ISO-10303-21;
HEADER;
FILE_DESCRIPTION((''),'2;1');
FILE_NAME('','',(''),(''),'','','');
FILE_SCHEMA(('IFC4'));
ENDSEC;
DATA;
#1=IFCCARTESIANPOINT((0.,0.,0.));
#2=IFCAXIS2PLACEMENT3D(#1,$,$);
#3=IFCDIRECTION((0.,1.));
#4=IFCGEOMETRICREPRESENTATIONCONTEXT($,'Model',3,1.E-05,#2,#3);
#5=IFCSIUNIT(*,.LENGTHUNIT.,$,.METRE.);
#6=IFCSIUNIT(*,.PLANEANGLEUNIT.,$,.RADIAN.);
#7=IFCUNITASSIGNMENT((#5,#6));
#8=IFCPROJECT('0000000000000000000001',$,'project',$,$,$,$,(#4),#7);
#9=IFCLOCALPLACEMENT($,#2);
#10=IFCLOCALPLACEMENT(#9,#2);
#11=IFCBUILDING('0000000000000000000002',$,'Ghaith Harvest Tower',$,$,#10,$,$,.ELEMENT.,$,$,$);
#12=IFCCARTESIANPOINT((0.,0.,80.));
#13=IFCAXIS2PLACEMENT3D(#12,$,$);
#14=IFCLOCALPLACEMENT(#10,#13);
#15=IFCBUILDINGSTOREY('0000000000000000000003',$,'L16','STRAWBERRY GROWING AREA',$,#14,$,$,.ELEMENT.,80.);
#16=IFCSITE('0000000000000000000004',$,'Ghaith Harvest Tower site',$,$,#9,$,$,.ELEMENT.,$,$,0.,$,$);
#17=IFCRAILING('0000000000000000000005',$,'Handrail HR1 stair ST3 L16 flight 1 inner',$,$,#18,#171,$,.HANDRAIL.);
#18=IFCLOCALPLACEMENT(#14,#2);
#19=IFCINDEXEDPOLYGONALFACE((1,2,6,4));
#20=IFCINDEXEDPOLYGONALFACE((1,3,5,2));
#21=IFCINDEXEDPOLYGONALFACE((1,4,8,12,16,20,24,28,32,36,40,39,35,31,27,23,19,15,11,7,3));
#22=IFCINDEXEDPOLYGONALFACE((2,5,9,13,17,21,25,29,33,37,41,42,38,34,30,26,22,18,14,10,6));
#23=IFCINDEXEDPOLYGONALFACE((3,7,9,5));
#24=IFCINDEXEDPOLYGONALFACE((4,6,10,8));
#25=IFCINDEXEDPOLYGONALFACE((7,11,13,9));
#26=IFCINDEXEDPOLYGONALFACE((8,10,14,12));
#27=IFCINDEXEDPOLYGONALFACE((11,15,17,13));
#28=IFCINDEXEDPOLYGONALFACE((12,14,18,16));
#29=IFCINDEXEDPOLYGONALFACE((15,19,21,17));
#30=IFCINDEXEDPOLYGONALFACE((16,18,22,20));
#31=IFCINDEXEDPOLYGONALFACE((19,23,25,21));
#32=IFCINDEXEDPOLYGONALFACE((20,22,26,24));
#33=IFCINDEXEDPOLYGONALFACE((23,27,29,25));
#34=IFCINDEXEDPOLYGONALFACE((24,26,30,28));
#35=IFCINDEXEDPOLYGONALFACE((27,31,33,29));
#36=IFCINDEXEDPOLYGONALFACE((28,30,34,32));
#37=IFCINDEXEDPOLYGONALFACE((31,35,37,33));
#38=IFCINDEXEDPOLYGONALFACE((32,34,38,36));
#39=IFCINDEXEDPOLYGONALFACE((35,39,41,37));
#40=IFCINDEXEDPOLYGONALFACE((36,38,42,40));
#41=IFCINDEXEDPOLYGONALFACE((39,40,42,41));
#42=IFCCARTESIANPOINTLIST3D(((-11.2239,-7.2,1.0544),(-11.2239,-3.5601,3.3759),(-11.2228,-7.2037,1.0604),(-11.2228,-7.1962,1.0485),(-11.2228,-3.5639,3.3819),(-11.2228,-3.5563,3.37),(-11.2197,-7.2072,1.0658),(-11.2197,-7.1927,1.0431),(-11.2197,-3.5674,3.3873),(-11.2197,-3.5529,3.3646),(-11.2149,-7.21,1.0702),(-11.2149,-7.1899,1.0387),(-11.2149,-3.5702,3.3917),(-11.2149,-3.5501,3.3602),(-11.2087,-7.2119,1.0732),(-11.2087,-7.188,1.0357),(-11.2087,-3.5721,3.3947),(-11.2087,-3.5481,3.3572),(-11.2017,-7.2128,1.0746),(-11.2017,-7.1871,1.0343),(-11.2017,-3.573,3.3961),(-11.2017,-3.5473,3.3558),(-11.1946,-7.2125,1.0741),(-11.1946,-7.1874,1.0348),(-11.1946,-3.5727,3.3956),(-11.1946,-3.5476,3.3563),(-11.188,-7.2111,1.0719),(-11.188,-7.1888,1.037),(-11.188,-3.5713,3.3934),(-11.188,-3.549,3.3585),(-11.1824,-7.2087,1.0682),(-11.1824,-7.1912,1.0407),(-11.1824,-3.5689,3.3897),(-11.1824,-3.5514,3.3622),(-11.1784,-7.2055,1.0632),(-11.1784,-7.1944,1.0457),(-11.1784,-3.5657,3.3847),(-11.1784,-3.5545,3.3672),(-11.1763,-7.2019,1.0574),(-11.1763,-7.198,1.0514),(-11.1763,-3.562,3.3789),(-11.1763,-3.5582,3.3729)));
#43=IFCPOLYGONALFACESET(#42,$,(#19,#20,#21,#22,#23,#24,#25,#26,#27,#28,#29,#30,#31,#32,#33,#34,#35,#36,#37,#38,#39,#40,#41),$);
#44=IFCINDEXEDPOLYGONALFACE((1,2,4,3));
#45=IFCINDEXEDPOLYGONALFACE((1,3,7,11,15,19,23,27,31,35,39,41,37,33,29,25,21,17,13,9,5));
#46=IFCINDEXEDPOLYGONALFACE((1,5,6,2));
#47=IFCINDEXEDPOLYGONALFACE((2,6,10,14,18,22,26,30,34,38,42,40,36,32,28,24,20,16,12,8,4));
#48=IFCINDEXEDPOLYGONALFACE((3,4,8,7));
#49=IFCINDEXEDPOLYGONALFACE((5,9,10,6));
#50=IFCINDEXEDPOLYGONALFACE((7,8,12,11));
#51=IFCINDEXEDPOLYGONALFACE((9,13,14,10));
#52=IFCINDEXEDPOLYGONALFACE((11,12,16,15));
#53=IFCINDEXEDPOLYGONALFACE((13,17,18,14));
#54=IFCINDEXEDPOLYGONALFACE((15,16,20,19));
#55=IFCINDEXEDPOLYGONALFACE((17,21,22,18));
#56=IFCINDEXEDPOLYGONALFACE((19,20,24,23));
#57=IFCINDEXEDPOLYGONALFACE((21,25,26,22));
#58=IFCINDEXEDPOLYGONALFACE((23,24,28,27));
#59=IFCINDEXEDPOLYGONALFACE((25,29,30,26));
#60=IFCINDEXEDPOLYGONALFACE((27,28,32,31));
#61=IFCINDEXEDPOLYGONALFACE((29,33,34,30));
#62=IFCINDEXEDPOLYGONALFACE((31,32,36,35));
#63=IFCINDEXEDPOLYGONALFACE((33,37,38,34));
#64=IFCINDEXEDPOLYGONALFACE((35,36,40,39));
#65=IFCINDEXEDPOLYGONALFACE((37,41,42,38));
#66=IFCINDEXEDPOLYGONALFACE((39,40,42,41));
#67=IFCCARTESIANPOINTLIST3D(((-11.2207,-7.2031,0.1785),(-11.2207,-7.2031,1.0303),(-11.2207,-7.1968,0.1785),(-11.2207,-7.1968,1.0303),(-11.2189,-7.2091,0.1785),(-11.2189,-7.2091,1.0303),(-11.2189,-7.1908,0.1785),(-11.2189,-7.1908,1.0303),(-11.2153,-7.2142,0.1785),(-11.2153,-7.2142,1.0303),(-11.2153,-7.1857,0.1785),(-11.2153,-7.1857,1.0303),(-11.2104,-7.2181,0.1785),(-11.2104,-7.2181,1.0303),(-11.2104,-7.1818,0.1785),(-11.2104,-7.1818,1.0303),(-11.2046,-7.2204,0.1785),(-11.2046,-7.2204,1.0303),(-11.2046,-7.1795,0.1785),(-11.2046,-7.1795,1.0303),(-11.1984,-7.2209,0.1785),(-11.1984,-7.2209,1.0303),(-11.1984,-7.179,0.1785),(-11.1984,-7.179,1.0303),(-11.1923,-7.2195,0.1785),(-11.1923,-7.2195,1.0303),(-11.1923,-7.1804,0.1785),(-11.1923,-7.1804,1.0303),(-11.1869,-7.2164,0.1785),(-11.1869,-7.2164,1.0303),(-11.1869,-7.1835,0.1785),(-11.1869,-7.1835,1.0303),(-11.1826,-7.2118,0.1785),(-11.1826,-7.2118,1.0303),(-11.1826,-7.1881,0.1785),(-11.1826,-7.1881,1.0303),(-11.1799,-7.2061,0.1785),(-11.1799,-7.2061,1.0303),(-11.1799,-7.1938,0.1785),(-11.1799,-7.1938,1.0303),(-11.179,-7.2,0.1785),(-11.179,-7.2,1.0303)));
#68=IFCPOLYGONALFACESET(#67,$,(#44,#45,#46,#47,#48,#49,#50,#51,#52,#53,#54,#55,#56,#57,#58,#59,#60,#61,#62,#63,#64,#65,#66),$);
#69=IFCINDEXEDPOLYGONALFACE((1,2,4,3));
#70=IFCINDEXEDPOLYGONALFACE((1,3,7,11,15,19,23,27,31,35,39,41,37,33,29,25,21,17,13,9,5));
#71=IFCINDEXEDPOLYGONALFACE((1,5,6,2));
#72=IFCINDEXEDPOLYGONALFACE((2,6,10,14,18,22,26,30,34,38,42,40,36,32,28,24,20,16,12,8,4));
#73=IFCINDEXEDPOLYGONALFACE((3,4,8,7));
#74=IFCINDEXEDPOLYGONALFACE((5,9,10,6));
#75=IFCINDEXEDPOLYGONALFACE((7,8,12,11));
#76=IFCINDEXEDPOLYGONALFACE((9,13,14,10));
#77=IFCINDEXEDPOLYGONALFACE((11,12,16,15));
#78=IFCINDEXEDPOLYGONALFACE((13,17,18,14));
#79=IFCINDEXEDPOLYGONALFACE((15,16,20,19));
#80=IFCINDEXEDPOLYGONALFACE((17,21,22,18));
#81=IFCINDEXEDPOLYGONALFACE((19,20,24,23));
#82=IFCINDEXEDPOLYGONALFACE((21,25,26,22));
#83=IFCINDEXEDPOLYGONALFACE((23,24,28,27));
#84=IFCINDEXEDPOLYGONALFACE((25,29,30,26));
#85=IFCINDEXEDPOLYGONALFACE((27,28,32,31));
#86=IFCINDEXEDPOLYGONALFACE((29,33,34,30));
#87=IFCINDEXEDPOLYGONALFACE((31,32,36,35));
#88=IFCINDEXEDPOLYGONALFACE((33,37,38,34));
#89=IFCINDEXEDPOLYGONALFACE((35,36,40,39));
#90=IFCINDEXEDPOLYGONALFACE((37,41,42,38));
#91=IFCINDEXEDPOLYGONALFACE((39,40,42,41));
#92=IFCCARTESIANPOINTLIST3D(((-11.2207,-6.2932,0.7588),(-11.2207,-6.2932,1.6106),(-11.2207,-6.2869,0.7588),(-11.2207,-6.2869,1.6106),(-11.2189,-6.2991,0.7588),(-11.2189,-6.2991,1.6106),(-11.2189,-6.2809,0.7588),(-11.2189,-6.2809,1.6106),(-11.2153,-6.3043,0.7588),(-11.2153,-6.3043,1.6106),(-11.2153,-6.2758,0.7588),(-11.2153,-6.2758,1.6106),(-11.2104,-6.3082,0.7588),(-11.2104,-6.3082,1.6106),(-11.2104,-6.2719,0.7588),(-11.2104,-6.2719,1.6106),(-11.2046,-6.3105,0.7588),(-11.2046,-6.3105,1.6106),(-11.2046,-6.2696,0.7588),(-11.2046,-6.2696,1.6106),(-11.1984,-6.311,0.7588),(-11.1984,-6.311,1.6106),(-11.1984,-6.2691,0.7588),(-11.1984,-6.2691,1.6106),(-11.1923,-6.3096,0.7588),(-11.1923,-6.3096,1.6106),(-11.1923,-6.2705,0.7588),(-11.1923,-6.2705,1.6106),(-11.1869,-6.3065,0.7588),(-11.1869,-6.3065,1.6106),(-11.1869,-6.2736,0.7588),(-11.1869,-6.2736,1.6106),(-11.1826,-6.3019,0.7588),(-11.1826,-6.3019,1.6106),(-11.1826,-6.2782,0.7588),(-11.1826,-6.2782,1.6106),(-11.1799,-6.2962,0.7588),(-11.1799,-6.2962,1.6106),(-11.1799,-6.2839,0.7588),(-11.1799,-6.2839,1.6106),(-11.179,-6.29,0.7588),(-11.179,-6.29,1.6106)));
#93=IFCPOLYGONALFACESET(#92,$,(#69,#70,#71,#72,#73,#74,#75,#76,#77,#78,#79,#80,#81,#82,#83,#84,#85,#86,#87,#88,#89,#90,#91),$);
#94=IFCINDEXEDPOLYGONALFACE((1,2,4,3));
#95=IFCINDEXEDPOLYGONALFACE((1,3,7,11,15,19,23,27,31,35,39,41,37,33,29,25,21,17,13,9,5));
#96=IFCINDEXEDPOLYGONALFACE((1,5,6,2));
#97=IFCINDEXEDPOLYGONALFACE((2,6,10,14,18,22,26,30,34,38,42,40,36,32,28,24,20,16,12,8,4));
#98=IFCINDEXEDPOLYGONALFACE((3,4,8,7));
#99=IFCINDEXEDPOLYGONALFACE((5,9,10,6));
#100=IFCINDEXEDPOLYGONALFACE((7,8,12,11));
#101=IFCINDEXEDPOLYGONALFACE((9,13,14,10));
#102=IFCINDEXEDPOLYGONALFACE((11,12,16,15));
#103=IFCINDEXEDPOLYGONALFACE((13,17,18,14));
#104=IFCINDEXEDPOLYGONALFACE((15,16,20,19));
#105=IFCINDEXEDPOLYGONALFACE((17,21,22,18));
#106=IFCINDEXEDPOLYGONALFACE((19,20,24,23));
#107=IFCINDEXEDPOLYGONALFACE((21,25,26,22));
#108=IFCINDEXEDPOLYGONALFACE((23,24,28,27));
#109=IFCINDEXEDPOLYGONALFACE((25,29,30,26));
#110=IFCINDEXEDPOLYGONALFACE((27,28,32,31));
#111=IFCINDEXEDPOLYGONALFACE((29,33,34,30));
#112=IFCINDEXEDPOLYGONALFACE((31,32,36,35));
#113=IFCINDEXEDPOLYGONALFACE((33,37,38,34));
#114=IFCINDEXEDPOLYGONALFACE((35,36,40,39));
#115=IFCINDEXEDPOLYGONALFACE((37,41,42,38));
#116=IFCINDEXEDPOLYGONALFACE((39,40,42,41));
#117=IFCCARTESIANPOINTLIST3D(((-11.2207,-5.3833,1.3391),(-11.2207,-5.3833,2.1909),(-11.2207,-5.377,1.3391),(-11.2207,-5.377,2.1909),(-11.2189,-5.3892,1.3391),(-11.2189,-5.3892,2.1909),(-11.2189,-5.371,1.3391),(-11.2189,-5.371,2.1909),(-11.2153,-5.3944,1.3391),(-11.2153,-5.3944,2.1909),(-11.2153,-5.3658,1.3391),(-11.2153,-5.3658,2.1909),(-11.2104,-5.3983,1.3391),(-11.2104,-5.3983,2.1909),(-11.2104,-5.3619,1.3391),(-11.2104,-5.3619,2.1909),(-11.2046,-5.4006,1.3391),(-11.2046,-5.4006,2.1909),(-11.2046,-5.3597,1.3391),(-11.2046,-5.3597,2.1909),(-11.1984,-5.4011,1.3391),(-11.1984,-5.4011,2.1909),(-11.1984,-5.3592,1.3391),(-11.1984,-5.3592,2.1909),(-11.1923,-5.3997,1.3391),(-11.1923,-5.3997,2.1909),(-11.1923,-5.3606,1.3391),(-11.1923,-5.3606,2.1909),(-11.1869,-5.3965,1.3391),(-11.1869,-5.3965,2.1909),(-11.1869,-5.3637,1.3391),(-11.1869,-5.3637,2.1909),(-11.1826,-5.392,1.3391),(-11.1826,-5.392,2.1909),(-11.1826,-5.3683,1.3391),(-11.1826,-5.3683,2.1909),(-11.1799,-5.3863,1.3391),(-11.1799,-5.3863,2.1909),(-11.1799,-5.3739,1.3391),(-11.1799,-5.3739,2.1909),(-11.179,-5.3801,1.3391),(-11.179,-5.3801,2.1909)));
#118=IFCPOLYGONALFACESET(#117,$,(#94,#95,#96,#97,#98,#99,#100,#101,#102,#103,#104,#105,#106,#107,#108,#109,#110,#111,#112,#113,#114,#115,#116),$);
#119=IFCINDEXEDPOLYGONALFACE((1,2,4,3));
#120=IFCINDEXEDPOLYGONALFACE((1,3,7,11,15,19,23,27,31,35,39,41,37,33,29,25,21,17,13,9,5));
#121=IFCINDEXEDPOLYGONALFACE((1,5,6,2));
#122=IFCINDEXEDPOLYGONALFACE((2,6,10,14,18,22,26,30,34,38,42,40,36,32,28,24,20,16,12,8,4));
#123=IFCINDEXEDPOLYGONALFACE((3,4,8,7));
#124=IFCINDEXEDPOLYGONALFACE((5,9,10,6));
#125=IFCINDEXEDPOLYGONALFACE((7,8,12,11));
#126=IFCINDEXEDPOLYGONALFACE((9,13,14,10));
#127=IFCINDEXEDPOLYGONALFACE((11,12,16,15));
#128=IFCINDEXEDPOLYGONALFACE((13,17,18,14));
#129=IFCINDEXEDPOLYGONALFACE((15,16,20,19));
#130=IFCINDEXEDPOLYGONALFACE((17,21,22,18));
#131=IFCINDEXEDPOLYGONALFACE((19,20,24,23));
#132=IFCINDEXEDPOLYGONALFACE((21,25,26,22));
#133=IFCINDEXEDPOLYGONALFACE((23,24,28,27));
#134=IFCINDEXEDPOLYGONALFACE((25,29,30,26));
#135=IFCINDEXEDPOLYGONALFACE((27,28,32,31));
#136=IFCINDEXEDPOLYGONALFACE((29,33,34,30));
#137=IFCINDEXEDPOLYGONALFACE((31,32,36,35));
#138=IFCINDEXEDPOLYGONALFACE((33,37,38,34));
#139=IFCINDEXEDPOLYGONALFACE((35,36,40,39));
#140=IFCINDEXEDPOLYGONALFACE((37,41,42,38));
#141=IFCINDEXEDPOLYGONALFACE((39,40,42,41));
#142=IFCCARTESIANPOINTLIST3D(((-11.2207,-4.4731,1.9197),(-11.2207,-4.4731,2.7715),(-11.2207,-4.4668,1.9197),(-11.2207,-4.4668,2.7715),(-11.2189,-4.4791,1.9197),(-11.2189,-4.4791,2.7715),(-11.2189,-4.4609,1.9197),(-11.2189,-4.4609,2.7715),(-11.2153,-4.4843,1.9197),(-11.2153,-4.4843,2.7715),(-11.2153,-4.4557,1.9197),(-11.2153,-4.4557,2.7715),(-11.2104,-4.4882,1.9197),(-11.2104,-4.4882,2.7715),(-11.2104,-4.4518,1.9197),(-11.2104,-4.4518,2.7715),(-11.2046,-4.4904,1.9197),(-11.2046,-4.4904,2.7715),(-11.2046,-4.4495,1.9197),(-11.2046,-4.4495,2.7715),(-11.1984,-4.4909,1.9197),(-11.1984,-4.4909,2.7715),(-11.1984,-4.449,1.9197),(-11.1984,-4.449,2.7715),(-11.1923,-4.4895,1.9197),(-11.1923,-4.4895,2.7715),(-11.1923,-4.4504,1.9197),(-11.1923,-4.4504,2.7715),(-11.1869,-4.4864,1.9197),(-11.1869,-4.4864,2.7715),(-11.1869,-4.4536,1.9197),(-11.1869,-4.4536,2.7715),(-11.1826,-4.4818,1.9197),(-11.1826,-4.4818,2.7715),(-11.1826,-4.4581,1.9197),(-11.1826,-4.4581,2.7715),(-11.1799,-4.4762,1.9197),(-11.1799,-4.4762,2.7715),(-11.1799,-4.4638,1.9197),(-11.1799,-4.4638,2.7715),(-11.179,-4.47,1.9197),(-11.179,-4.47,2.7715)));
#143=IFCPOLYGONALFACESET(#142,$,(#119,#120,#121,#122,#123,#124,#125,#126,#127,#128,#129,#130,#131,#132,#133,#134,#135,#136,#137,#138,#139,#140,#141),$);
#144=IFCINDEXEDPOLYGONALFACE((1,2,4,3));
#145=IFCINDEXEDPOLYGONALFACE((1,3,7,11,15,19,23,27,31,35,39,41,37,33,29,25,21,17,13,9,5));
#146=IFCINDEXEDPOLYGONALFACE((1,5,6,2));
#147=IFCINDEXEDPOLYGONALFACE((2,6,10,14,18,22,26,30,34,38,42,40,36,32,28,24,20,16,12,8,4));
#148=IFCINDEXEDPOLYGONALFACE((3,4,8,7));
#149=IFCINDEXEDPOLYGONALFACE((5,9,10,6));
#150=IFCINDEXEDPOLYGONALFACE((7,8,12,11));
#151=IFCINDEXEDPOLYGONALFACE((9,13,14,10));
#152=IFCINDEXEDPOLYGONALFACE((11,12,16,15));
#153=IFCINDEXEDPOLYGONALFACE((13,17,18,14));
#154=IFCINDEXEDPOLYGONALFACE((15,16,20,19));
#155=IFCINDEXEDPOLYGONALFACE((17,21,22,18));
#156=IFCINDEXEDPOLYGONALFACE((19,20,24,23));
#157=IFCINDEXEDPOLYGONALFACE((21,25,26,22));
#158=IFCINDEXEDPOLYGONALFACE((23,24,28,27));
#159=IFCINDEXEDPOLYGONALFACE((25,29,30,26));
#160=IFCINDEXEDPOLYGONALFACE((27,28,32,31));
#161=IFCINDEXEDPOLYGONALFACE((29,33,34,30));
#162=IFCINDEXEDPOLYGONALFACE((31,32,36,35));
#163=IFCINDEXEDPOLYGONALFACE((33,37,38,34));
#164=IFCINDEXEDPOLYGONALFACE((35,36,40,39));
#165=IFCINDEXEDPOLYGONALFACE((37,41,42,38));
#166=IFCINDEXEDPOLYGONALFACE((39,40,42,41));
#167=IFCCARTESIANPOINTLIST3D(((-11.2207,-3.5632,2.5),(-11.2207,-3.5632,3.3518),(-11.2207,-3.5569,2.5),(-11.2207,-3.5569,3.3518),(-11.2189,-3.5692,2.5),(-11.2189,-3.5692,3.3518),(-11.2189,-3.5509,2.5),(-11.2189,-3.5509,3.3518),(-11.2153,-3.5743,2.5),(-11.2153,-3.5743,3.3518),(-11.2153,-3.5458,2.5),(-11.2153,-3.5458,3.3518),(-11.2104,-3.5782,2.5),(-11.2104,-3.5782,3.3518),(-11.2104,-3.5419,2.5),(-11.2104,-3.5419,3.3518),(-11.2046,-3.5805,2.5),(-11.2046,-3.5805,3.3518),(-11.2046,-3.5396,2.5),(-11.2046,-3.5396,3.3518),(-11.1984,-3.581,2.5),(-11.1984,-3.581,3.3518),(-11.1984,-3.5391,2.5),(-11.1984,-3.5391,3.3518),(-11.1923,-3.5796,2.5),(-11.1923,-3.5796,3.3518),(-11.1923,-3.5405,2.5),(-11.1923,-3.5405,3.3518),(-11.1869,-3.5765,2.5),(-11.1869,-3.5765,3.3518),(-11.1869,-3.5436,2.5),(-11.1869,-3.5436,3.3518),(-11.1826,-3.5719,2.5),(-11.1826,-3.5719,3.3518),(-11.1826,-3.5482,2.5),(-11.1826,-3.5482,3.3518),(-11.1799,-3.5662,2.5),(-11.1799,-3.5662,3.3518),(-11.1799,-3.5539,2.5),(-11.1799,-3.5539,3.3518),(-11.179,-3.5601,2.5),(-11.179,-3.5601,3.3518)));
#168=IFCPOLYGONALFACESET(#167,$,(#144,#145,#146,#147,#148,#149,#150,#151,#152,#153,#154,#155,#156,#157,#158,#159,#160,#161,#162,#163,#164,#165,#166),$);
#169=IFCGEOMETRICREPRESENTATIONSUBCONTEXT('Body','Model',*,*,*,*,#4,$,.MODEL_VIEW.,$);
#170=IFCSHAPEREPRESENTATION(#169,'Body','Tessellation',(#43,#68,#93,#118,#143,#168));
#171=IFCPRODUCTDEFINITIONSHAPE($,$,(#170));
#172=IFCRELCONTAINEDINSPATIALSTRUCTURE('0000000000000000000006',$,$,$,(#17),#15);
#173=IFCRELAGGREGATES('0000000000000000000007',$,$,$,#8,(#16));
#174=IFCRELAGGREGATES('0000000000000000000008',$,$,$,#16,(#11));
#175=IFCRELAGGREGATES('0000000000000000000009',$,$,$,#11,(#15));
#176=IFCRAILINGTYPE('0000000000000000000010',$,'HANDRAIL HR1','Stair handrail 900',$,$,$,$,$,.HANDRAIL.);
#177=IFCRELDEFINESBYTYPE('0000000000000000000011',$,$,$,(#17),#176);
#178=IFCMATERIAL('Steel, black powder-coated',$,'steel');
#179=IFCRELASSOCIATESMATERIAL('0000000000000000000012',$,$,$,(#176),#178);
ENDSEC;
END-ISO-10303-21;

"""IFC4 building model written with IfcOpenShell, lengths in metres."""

from ifc_helpers import new_model, si_unit, direction, frame, origin, origin_2d, place, context, subcontext, project, spatial, circle, extrude, material, type_object, element, save


model = new_model("IFC4")

# Units and contexts
model_context = context("Model", 3, precision=1e-05, world=origin(), true_north=direction((0.0, 1.0)))
body_context = subcontext(model_context, "Body", "Model", "MODEL_VIEW")
ifc_project = project(units=[si_unit("LENGTHUNIT", "METRE"), si_unit("PLANEANGLEUNIT", "RADIAN")], contexts=[model_context])

# Site, building, storey
site_placement = place(None, origin())
site = spatial("IfcSite", under=ifc_project, at=site_placement, Name="Ghaith Harvest Tower site", CompositionType="ELEMENT", RefElevation=0.0)
building_placement = place(site_placement, origin())
building = spatial("IfcBuilding", under=site, at=building_placement, Name="Ghaith Harvest Tower", CompositionType="ELEMENT")
storey_placement = place(building_placement, frame((0.0, 0.0, 80.0)))
storey = spatial("IfcBuildingStorey", under=building, at=storey_placement, Name="L16", Description="STRAWBERRY GROWING AREA", CompositionType="ELEMENT", Elevation=80.0)

# Railing
ifc_material_1 = material(Name="Steel, black powder-coated", Category="steel")
railing_type = type_object("IfcRailingType", Name="HANDRAIL HR1", Description="Stair handrail 900", PredefinedType="HANDRAIL", material=ifc_material_1)
railing_1_placement = place(storey_placement, frame((-11.2, -7.2, 0.1785)))
element("IfcRailing", 1, at=railing_1_placement, inside=storey, type_object=railing_type, Name="Handrail HR1 stair ST3 L16 flight 1 inner", PredefinedType="HANDRAIL", context=body_context, shape_type="SweptSolid", body=[
    extrude(circle(Radius=0.0239, at=origin_2d()), frame((0.0, 0.0, 0.876), z_axis=(0.0, 0.843112, 0.537739), x_axis=(-1.0, 0.0, 0.0)), (0.0, 0.0, 1.0), 4.3171),
    extrude(circle(Radius=0.021, at=origin_2d()), origin(), (0.0, 0.0, 1.0), 0.8518),
    extrude(circle(Radius=0.021, at=origin_2d()), frame((0.0, 0.9099, 0.5803)), (0.0, 0.0, 1.0), 0.8518),
    extrude(circle(Radius=0.021, at=origin_2d()), frame((0.0, 1.8198, 1.1606)), (0.0, 0.0, 1.0), 0.8518),
    extrude(circle(Radius=0.021, at=origin_2d()), frame((0.0, 2.73, 1.7412)), (0.0, 0.0, 1.0), 0.8518),
    extrude(circle(Radius=0.021, at=origin_2d()), frame((0.0, 3.6399, 2.3215)), (0.0, 0.0, 1.0), 0.8518),
])

save(model, "model.ifc")
